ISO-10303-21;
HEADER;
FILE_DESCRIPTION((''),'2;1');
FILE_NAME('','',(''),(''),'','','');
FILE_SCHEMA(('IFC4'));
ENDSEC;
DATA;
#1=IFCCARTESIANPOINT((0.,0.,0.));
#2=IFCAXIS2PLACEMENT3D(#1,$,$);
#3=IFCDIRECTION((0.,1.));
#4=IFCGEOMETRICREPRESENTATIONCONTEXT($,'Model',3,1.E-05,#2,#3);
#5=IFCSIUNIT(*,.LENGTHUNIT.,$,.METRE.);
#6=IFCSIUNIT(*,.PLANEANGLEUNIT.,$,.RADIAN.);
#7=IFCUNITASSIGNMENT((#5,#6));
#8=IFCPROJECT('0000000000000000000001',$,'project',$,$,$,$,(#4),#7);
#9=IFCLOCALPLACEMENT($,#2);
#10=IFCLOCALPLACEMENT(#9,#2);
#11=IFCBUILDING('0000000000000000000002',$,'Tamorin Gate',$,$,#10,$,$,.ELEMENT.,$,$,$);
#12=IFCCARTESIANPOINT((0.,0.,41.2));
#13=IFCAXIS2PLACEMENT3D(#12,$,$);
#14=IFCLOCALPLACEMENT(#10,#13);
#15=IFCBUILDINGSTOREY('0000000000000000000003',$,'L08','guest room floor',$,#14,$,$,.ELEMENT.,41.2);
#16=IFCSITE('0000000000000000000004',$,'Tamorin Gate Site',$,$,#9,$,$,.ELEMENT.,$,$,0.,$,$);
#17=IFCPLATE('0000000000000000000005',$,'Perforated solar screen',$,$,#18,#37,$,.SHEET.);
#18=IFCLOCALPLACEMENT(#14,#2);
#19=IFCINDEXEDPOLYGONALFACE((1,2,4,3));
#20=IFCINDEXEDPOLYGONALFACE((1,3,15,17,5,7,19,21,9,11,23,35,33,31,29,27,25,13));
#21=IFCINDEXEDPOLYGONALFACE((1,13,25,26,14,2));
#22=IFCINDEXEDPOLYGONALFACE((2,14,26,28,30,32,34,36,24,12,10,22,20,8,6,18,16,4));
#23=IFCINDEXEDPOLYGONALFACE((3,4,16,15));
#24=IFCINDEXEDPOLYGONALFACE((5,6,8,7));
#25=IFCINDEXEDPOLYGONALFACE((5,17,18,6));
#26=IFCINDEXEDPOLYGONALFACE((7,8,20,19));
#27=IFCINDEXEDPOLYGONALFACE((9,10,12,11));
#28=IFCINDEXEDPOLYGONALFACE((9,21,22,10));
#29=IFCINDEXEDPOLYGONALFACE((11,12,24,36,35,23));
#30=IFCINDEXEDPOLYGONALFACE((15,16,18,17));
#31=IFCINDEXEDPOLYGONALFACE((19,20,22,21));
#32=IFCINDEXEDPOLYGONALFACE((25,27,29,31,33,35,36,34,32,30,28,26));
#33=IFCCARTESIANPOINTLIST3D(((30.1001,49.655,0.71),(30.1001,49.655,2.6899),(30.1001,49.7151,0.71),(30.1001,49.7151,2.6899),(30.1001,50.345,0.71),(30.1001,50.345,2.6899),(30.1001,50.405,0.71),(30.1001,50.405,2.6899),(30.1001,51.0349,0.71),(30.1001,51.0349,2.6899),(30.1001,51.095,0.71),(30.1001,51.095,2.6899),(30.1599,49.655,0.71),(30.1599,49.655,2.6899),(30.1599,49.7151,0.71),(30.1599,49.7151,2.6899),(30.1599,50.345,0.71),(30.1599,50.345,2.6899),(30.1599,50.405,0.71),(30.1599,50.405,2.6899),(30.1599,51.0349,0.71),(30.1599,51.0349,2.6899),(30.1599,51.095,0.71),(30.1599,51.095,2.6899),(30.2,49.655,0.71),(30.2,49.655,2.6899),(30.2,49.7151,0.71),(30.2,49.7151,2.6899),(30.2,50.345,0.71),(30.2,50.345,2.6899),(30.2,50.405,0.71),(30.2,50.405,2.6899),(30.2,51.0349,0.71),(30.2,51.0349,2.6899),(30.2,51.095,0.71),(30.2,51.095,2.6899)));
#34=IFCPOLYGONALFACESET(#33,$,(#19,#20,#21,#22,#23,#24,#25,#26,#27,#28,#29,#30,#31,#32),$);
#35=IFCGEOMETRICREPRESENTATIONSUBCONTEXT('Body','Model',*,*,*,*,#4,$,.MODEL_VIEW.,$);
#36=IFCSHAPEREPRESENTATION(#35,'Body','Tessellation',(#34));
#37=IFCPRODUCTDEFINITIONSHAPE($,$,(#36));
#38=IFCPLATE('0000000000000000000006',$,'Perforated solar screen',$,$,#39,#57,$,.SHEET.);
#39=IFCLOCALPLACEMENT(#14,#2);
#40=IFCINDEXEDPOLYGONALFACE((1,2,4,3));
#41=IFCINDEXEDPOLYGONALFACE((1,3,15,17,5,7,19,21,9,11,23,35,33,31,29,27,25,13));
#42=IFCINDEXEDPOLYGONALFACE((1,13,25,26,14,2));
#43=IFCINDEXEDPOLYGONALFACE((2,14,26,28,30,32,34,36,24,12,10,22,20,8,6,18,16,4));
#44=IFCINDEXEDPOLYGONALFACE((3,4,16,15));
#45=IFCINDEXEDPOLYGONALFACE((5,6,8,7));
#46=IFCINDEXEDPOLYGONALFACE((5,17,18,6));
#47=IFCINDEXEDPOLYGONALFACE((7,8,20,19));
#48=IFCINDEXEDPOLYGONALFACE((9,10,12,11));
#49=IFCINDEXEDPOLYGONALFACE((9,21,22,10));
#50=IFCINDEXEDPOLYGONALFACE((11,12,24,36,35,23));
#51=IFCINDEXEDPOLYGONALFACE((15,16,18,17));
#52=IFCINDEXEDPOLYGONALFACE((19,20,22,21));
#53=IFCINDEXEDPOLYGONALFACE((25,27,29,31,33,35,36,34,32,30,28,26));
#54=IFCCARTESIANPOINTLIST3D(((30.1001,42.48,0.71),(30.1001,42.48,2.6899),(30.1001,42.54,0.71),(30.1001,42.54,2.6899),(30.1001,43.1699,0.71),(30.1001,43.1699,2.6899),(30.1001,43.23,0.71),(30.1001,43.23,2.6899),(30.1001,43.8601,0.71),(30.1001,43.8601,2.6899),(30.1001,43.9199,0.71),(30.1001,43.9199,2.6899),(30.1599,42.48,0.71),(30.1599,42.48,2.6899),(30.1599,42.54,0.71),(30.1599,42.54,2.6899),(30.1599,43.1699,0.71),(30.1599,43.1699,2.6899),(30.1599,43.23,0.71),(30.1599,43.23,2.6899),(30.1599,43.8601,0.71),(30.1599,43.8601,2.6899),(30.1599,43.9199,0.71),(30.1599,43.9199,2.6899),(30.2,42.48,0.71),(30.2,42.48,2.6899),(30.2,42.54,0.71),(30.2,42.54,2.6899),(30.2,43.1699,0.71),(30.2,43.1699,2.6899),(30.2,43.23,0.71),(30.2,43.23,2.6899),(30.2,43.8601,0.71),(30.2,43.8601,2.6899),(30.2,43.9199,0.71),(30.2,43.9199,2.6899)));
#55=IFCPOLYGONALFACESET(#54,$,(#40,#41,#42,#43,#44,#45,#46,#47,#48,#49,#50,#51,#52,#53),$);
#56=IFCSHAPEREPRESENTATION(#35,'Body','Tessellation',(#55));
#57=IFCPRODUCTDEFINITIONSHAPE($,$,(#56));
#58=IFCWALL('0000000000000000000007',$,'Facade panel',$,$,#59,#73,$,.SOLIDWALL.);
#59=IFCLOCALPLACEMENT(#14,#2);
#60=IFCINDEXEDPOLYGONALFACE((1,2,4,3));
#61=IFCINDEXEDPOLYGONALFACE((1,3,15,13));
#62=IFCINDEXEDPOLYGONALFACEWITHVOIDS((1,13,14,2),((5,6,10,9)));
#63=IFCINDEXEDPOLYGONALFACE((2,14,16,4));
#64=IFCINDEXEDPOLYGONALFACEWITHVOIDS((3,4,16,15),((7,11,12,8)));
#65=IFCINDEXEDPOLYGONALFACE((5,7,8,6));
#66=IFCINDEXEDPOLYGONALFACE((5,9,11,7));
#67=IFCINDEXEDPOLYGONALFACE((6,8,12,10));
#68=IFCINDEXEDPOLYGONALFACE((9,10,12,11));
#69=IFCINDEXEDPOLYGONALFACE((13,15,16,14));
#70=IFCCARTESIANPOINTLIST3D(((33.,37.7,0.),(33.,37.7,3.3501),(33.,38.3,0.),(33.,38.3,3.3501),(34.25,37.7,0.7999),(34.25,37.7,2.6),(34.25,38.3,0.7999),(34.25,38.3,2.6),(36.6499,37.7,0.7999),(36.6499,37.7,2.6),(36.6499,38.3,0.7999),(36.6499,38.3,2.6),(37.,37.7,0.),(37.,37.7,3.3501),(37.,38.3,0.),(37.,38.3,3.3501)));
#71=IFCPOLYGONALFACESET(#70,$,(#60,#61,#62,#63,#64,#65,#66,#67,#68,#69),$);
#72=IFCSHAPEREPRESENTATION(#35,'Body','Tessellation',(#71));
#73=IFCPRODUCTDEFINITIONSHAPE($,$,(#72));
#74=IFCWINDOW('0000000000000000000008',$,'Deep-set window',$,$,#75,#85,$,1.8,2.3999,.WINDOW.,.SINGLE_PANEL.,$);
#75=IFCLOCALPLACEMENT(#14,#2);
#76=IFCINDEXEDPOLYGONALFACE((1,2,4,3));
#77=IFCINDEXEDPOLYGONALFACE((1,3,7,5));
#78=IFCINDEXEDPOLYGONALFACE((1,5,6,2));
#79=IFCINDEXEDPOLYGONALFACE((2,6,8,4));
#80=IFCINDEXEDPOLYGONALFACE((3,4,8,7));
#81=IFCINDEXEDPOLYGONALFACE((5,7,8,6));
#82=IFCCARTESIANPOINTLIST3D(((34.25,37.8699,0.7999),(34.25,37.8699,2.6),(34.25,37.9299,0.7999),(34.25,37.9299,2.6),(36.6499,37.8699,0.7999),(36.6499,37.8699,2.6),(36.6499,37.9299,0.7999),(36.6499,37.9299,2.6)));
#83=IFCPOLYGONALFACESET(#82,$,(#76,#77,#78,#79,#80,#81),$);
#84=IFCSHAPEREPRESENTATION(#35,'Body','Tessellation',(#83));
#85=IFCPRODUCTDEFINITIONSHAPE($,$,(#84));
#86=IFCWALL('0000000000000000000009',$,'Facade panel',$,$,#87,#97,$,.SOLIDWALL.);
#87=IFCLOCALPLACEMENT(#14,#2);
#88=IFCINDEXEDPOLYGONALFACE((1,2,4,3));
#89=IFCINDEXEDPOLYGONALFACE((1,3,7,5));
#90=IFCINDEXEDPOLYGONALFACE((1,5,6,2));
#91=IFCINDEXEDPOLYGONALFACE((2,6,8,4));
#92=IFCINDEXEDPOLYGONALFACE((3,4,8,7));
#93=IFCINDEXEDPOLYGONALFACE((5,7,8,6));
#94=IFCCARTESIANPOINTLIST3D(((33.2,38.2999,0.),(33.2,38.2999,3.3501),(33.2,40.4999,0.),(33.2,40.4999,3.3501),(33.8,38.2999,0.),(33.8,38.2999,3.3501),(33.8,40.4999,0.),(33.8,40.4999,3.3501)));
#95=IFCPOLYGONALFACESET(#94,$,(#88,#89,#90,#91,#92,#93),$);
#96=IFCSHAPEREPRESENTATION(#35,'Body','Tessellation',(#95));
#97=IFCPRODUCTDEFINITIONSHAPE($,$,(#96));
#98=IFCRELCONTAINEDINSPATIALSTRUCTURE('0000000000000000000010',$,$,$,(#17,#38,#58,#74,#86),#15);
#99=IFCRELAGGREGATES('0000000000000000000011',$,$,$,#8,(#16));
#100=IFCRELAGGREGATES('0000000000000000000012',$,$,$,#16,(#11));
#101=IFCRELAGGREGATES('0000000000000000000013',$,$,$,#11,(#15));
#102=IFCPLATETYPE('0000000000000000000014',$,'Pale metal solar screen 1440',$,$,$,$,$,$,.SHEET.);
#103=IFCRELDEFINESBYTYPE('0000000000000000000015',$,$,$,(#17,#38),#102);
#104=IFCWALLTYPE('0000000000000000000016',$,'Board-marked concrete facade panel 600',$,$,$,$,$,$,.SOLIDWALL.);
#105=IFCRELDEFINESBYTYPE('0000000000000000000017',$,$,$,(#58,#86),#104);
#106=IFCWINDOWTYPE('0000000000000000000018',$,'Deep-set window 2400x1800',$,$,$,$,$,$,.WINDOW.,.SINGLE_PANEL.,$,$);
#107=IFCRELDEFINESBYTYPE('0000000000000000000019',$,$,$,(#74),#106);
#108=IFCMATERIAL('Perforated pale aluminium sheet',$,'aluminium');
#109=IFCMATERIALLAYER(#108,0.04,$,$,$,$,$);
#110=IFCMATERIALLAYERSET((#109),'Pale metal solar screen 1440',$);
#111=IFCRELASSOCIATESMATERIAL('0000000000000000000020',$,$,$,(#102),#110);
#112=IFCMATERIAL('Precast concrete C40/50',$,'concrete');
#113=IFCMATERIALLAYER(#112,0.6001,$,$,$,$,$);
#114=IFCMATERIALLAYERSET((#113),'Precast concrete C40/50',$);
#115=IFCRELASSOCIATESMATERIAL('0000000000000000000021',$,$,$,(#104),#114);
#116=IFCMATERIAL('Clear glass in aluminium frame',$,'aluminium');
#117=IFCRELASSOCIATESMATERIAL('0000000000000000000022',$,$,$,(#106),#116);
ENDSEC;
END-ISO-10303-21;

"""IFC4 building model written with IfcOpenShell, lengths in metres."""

from ifc_helpers import new_model, si_unit, direction, frame, frame_2d, origin, place, context, subcontext, project, spatial, polyline, rectangle, outline, extrude, material, layer, layer_set, type_object, element, fill, save


model = new_model("IFC4")

# Units and contexts
model_context = context("Model", 3, precision=1e-05, world=origin(), true_north=direction((0.0, 1.0)))
body_context = subcontext(model_context, "Body", "Model", "MODEL_VIEW")
ifc_project = project(units=[si_unit("LENGTHUNIT", "METRE"), si_unit("PLANEANGLEUNIT", "RADIAN")], contexts=[model_context])

# Site, building, storey
site_placement = place(None, origin())
site = spatial("IfcSite", under=ifc_project, at=site_placement, Name="Tamorin Gate Site", CompositionType="ELEMENT", RefElevation=0.0)
building_placement = place(site_placement, origin())
building = spatial("IfcBuilding", under=site, at=building_placement, Name="Tamorin Gate", CompositionType="ELEMENT")
storey_placement = place(building_placement, frame((0.0, 0.0, 41.2)))
storey = spatial("IfcBuildingStorey", under=building, at=storey_placement, Name="L08", Description="guest room floor", CompositionType="ELEMENT", Elevation=41.2)

# Plates
ifc_material_1 = material(Name="Perforated pale aluminium sheet", Category="aluminium")
ifc_layer_1 = layer(ifc_material_1, 0.04)
ifc_layer_set_1 = layer_set([ifc_layer_1], Name="Pale metal solar screen 1440")
plate_type = type_object("IfcPlateType", Name="Pale metal solar screen 1440", PredefinedType="SHEET", material=ifc_layer_set_1)
plate_1_placement = place(storey_placement, frame((0.0, 0.0, 0.71)))
element("IfcPlate", 1, at=plate_1_placement, inside=storey, type_object=plate_type, Name="Perforated solar screen", PredefinedType="SHEET", context=body_context, shape_type="SweptSolid", body=[
    extrude(outline(polyline([(30.1599, 51.095), (30.2, 51.095), (30.2, 51.0349), (30.2, 50.405), (30.2, 50.345), (30.2, 49.7151), (30.2, 49.655), (30.1599, 49.655), (30.1001, 49.655), (30.1001, 49.7151), (30.1599, 49.7151), (30.1599, 50.345), (30.1001, 50.345), (30.1001, 50.405), (30.1599, 50.405), (30.1599, 51.0349), (30.1001, 51.0349), (30.1001, 51.095), (30.1599, 51.095)])), origin(), (0.0, 0.0, 1.0), 1.98),
])
plate_2_placement = place(storey_placement, frame((0.0, 0.0, 0.71)))
element("IfcPlate", 2, at=plate_2_placement, inside=storey, type_object=plate_type, Name="Perforated solar screen", PredefinedType="SHEET", context=body_context, shape_type="SweptSolid", body=[
    extrude(outline(polyline([(30.1599, 43.9199), (30.2, 43.9199), (30.2, 43.8601), (30.2, 43.23), (30.2, 43.1699), (30.2, 42.54), (30.2, 42.48), (30.1599, 42.48), (30.1001, 42.48), (30.1001, 42.54), (30.1599, 42.54), (30.1599, 43.1699), (30.1001, 43.1699), (30.1001, 43.23), (30.1599, 43.23), (30.1599, 43.8601), (30.1001, 43.8601), (30.1001, 43.9199), (30.1599, 43.9199)])), origin(), (0.0, 0.0, 1.0), 1.98),
])

# Wall, opening, window
ifc_material_2 = material(Name="Precast concrete C40/50", Category="concrete")
ifc_layer_2 = layer(ifc_material_2, 0.6001)
ifc_layer_set_2 = layer_set([ifc_layer_2], Name="Precast concrete C40/50")
wall_type = type_object("IfcWallType", Name="Board-marked concrete facade panel 600", PredefinedType="SOLIDWALL", material=ifc_layer_set_2)
wall_1_placement = place(storey_placement, frame((33.0, 38.0, 0.0), z_axis=(0.0, 0.0, 1.0), x_axis=(1.0, 0.0, 0.0)))
wall_1 = element("IfcWall", 3, at=wall_1_placement, inside=storey, type_object=wall_type, Name="Facade panel", PredefinedType="SOLIDWALL", context=body_context, shape_type="SweptSolid", body=[
    extrude(rectangle(XDim=4.0, YDim=0.6001, at=frame_2d((2.0, 0.0))), origin(), (0.0, 0.0, 1.0), 3.3501),
])
opening_placement = place(wall_1_placement, frame((1.25, 0.0, 0.8)))
opening = element("IfcOpeningElement", 4, at=opening_placement, cuts=wall_1, PredefinedType="OPENING", context=body_context, shape_type="SweptSolid", body=[
    extrude(rectangle(XDim=2.3999, YDim=1.8, at=frame_2d((1.2, 0.8999))), frame((0.0, 0.3101, 0.0), z_axis=(0.0, -1.0, 0.0), x_axis=(1.0, 0.0, 0.0)), (0.0, 0.0, 1.0), 0.6201),
])
ifc_material_3 = material(Name="Clear glass in aluminium frame", Category="aluminium")
window_type = type_object("IfcWindowType", Name="Deep-set window 2400x1800", PartitioningType="SINGLE_PANEL", PredefinedType="WINDOW", material=ifc_material_3)
window_placement = place(opening_placement, origin())
window = element("IfcWindow", 5, at=window_placement, inside=storey, type_object=window_type, Name="Deep-set window", OverallHeight=1.8, OverallWidth=2.3999, PartitioningType="SINGLE_PANEL", PredefinedType="WINDOW", context=body_context, shape_type="SweptSolid", body=[
    extrude(rectangle(XDim=2.3999, YDim=1.8, at=frame_2d((1.2, 0.8999))), frame((0.0, -0.0701, 0.0), z_axis=(0.0, -1.0, 0.0), x_axis=(1.0, 0.0, 0.0)), (0.0, 0.0, 1.0), 0.0601),
])
fill(opening, window)

# Wall
wall_2_placement = place(storey_placement, frame((33.5, 40.5, 0.0), z_axis=(0.0, 0.0, 1.0), x_axis=(0.0, -1.0, 0.0)))
element("IfcWall", 6, at=wall_2_placement, inside=storey, type_object=wall_type, Name="Facade panel", PredefinedType="SOLIDWALL", context=body_context, shape_type="SweptSolid", body=[
    extrude(rectangle(XDim=2.2, YDim=0.6001, at=frame_2d((1.1001, 0.0))), origin(), (0.0, 0.0, 1.0), 3.3501),
])

save(model, "model.ifc")
